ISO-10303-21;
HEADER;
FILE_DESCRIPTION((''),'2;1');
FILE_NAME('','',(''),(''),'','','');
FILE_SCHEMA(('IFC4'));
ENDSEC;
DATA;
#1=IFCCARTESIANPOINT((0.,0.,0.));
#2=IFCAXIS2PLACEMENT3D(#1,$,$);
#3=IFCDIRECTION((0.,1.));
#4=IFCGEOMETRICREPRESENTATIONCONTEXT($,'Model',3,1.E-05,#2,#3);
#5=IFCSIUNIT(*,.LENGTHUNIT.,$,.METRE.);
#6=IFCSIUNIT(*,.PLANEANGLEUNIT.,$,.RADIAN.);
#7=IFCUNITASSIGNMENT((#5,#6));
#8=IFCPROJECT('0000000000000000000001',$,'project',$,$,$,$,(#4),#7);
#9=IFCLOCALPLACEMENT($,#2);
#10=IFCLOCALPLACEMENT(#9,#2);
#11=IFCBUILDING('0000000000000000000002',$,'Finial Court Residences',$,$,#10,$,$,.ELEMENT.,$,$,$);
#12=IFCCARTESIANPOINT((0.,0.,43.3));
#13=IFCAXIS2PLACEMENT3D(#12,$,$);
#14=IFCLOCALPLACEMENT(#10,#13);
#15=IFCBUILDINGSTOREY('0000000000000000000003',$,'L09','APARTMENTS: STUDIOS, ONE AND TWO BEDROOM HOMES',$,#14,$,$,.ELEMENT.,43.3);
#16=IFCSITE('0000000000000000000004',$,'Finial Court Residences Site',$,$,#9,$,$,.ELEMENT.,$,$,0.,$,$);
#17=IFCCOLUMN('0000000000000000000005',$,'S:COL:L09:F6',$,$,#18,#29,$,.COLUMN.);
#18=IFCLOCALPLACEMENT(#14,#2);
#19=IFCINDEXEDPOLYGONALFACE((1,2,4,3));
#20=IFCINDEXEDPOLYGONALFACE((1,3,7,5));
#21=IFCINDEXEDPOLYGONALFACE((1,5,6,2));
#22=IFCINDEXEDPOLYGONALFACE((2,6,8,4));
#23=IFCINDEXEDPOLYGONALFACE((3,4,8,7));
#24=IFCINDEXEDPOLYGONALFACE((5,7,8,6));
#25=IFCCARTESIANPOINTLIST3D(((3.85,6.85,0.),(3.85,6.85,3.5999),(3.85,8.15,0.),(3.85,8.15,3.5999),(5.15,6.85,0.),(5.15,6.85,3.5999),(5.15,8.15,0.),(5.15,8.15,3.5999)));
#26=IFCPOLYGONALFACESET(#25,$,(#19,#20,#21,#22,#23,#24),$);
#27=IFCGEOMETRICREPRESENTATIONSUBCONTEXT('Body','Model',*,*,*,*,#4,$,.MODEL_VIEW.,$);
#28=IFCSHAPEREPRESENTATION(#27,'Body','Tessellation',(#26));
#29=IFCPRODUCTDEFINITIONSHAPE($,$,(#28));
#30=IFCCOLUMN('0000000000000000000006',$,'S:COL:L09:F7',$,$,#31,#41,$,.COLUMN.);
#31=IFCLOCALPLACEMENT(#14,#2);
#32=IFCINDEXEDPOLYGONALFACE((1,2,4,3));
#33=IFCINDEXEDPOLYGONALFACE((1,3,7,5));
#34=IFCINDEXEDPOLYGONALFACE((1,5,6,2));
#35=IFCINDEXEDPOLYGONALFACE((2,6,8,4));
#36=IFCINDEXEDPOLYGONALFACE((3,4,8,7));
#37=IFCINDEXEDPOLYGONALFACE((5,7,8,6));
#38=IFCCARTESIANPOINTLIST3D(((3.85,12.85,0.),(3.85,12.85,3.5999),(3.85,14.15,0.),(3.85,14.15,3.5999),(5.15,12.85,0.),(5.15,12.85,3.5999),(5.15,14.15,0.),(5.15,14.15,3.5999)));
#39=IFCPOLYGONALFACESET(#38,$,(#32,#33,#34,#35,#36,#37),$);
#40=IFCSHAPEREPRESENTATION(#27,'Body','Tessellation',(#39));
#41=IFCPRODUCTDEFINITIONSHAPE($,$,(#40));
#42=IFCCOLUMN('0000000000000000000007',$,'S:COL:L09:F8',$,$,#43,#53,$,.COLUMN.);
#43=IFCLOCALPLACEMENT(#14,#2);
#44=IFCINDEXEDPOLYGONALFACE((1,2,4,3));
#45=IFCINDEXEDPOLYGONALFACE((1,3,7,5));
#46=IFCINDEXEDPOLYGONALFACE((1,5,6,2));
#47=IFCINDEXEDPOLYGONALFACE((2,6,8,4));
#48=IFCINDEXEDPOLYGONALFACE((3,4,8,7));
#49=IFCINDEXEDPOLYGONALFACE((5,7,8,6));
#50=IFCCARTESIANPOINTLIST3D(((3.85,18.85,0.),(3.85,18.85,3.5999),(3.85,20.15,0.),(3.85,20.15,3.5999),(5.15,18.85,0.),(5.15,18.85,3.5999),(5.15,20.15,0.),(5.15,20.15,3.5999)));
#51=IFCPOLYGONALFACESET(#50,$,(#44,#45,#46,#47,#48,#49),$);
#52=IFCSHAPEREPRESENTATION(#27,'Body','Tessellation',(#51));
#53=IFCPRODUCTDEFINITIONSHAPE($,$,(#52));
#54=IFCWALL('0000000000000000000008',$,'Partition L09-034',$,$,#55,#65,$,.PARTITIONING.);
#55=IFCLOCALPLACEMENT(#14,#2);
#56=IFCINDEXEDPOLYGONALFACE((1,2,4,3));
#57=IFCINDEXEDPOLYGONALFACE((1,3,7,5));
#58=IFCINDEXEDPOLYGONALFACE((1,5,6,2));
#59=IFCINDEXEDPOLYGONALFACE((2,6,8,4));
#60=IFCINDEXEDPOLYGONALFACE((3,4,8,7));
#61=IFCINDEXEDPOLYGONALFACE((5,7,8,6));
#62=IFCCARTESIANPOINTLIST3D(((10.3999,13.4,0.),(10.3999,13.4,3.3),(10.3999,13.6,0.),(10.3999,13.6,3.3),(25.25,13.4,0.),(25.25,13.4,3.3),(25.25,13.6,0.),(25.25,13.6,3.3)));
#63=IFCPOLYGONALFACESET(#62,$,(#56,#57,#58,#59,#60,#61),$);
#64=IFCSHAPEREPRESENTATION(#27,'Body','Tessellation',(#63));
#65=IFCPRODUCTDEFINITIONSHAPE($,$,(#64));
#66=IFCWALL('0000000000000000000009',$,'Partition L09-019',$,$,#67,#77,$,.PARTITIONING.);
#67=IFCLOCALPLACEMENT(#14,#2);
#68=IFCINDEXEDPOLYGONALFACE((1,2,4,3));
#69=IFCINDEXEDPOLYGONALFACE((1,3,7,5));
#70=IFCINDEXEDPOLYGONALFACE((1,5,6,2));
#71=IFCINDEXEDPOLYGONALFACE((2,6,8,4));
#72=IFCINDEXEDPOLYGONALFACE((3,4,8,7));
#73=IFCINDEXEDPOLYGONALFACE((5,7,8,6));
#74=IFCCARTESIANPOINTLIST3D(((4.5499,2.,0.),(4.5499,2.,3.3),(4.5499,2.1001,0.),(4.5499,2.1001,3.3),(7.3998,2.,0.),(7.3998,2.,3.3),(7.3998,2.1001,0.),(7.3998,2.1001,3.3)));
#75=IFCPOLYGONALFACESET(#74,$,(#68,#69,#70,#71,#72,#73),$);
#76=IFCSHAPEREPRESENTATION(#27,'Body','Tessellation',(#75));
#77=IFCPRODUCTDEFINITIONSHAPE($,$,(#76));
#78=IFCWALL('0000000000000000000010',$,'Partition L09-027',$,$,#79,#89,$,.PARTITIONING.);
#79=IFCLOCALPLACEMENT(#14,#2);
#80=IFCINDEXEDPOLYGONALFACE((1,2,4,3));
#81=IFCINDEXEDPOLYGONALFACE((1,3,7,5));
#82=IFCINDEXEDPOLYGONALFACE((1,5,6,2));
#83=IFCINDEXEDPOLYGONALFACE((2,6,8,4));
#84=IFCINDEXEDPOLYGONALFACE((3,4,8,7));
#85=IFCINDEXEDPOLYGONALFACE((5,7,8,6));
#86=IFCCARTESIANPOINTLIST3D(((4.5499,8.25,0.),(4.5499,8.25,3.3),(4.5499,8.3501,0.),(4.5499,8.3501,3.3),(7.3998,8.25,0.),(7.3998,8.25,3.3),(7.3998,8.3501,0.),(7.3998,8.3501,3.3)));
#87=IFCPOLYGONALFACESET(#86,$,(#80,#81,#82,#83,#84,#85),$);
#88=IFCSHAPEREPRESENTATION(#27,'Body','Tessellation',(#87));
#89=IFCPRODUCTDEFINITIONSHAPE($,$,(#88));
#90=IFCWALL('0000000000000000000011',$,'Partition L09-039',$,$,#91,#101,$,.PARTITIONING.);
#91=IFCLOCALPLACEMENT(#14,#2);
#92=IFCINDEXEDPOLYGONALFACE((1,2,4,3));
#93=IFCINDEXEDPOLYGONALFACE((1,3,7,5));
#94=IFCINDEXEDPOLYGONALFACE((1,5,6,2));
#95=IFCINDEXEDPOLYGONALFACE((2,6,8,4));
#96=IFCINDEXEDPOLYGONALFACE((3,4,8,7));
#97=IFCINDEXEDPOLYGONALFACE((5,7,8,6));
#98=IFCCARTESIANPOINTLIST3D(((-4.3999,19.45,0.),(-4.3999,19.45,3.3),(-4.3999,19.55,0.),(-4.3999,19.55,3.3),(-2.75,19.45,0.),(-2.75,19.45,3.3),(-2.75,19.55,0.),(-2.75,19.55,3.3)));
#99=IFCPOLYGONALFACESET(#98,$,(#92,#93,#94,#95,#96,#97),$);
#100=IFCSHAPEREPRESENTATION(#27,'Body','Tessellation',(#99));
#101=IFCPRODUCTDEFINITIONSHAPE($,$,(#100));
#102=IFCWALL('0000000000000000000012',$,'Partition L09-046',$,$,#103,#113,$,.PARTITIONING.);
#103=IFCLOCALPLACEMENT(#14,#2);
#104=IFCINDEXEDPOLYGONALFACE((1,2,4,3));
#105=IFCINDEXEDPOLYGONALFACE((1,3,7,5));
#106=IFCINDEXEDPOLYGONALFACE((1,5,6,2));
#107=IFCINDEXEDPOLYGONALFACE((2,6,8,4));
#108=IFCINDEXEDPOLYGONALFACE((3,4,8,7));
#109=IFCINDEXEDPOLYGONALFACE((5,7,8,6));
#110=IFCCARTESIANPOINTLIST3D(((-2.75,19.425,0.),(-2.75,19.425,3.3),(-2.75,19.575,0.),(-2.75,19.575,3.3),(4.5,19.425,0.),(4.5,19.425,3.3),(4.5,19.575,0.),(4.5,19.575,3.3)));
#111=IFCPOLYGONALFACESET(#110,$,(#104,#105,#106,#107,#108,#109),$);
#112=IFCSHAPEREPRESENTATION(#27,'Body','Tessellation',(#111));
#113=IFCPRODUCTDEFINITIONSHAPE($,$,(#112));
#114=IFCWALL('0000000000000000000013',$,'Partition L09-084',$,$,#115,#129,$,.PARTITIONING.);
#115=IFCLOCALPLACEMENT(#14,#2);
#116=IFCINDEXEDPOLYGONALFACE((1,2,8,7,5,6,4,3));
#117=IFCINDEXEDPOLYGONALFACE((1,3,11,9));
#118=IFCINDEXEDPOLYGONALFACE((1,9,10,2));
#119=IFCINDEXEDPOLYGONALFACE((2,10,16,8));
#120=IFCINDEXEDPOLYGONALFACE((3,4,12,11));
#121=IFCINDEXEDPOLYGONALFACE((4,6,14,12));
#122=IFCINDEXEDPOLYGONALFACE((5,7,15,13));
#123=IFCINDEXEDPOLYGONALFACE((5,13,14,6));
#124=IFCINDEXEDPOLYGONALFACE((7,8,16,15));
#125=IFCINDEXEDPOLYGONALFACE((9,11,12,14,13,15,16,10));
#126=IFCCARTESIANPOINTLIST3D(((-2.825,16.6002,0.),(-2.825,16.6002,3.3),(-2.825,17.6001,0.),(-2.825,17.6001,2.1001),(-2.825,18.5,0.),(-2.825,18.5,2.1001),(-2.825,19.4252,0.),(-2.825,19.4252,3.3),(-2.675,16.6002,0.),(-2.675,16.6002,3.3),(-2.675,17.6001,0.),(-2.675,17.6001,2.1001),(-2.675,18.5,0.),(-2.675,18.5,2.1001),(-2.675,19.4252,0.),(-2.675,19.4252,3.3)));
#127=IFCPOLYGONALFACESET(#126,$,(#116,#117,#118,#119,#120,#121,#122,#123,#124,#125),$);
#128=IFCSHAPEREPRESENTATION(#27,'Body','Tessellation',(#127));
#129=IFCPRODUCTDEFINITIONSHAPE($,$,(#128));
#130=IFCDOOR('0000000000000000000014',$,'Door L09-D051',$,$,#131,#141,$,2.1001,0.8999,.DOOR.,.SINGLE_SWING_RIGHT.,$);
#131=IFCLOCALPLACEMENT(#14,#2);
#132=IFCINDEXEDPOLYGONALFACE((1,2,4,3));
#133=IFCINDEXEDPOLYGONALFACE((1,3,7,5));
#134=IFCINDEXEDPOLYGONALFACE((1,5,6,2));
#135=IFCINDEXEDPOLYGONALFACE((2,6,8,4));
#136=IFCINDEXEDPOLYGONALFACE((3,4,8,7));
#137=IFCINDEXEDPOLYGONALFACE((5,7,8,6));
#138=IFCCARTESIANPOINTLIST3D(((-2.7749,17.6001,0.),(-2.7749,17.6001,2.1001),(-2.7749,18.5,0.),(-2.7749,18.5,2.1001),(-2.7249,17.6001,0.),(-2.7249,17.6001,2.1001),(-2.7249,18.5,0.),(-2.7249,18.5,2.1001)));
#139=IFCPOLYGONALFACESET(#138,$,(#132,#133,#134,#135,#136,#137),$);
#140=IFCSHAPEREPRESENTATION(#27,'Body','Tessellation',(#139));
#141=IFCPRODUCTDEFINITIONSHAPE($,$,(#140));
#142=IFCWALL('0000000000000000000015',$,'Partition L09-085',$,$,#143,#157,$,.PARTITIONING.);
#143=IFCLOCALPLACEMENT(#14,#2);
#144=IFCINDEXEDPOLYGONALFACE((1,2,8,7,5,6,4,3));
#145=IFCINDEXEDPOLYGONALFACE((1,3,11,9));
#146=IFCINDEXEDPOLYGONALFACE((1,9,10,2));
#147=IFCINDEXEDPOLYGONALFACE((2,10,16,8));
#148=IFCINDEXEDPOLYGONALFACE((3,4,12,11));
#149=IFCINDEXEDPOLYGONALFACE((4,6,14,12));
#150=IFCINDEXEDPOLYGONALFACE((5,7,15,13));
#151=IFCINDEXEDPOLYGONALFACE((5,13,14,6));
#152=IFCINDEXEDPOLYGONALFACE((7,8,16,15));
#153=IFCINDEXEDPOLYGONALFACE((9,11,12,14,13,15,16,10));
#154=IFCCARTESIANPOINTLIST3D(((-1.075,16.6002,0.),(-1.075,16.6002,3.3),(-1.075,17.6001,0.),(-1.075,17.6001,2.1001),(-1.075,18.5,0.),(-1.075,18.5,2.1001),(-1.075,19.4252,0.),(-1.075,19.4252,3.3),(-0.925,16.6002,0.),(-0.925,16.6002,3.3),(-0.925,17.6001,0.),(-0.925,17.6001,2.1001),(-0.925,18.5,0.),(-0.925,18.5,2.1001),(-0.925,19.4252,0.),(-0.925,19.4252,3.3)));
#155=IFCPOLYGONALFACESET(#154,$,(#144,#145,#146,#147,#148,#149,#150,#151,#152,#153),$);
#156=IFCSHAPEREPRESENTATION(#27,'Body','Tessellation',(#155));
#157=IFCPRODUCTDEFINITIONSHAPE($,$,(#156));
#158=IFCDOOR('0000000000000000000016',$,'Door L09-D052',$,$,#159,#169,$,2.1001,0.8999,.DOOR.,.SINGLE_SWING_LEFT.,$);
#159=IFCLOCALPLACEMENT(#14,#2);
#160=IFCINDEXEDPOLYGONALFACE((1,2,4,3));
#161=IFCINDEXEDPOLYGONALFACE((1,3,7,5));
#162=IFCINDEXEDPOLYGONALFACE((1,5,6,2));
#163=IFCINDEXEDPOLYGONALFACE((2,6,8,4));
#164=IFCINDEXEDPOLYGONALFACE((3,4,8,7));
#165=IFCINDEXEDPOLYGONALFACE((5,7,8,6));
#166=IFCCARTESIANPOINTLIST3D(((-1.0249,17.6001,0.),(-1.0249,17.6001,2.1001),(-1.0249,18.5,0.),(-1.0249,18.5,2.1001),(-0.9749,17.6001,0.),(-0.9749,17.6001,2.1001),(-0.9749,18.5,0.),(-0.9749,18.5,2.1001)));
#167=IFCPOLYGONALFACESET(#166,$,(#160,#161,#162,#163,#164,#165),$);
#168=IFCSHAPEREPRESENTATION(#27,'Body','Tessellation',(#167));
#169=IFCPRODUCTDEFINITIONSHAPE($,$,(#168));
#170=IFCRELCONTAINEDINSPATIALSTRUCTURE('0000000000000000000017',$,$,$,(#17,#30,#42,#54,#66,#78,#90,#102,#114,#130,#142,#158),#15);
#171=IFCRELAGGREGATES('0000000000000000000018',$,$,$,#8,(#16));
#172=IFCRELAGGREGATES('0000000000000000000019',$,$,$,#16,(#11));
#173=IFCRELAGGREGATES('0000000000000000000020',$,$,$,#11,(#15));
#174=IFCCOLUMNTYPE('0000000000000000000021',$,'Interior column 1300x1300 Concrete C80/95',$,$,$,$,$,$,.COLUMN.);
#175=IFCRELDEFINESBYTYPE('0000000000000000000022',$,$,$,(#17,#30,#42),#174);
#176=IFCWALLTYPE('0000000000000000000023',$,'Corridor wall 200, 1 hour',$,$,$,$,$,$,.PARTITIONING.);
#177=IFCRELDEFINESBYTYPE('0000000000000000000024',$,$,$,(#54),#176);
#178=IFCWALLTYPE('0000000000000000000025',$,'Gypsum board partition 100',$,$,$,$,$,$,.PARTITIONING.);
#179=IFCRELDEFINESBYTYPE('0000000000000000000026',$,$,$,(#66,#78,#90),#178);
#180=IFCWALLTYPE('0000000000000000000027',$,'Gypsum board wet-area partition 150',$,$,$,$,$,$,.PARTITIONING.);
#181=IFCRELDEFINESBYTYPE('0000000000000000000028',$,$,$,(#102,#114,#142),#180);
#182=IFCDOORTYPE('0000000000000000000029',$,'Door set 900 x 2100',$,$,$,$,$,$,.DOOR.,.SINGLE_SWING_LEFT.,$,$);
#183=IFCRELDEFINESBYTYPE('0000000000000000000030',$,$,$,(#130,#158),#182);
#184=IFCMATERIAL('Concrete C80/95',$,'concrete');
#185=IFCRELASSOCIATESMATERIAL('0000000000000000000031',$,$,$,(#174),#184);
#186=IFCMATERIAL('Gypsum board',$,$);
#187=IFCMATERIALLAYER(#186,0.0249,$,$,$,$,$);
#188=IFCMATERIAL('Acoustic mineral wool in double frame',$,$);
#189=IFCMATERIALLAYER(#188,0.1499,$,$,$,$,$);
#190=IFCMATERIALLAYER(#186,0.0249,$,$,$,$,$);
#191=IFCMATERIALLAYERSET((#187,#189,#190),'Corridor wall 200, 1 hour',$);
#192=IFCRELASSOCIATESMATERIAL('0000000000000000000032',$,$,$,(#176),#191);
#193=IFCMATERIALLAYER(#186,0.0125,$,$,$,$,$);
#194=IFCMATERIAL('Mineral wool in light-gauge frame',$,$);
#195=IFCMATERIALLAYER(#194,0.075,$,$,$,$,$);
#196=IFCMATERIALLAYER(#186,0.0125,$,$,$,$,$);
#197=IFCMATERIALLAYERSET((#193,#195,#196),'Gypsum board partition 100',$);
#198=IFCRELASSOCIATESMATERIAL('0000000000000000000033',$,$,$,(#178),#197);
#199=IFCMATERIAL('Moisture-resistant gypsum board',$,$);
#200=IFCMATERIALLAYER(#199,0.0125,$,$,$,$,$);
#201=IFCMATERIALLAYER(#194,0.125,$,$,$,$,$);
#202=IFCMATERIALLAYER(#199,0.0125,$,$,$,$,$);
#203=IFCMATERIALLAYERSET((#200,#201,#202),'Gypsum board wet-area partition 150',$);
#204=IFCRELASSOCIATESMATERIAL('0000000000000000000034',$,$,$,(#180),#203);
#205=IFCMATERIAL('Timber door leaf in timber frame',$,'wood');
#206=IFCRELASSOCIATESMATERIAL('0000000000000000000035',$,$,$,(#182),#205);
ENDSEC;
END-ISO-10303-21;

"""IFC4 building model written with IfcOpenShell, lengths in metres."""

from ifc_helpers import new_model, si_unit, direction, frame, frame_2d, origin, origin_2d, place, context, subcontext, project, spatial, rectangle, extrude, material, layer, layer_set, material_profile, profile_set, type_object, element, fill, save


model = new_model("IFC4")

# Units and contexts
model_context = context("Model", 3, precision=1e-05, world=origin(), true_north=direction((0.0, 1.0)))
body_context = subcontext(model_context, "Body", "Model", "MODEL_VIEW")
ifc_project = project(units=[si_unit("LENGTHUNIT", "METRE"), si_unit("PLANEANGLEUNIT", "RADIAN")], contexts=[model_context])

# Site, building, storey
site_placement = place(None, origin())
site = spatial("IfcSite", under=ifc_project, at=site_placement, Name="Finial Court Residences Site", CompositionType="ELEMENT", RefElevation=0.0)
building_placement = place(site_placement, origin())
building = spatial("IfcBuilding", under=site, at=building_placement, Name="Finial Court Residences", CompositionType="ELEMENT")
storey_placement = place(building_placement, frame((0.0, 0.0, 43.3)))
storey = spatial("IfcBuildingStorey", under=building, at=storey_placement, Name="L09", Description="APARTMENTS: STUDIOS, ONE AND TWO BEDROOM HOMES", CompositionType="ELEMENT", Elevation=43.3)

# Columns
ifc_material_1 = material(Name="Concrete C80/95", Category="concrete")
ifc_material_profile = material_profile(ifc_material_1, rectangle(XDim=1.3, YDim=1.3, at=origin_2d()), Name="1300x1300")
ifc_profile_set = profile_set([ifc_material_profile], Name="Concrete C80/95")
column_type = type_object("IfcColumnType", Name="Interior column 1300x1300 Concrete C80/95", PredefinedType="COLUMN", material=ifc_profile_set)
for number, where, z_axis, x_axis, name in (
    (1, (4.5, 7.5, 0.0), (0.0, 0.0, 1.0), (1.0, 0.0, 0.0), "S:COL:L09:F6"),
    (2, (4.5, 13.5, 0.0), (0.0, 0.0, 1.0), (1.0, 0.0, 0.0), "S:COL:L09:F7"),
    (3, (4.5, 19.5, 0.0), (0.0, 0.0, 1.0), (1.0, 0.0, 0.0), "S:COL:L09:F8"),
):
    element("IfcColumn", number, at=place(storey_placement, frame(where, z_axis=z_axis, x_axis=x_axis)), inside=storey, type_object=column_type, Name=name, PredefinedType="COLUMN", context=body_context, shape_type="SweptSolid", body=[
        extrude(rectangle(XDim=1.3, YDim=1.3, at=origin_2d()), origin(), (0.0, 0.0, 1.0), 3.5999),
    ])

# Walls
ifc_material_2 = material(Name="Gypsum board")
ifc_layer_1 = layer(ifc_material_2, 0.0249)
ifc_material_3 = material(Name="Acoustic mineral wool in double frame")
ifc_layer_2 = layer(ifc_material_3, 0.1499)
ifc_layer_3 = layer(ifc_material_2, 0.0249)
ifc_layer_set_1 = layer_set([ifc_layer_1, ifc_layer_2, ifc_layer_3], Name="Corridor wall 200, 1 hour")
wall_type_1 = type_object("IfcWallType", Name="Corridor wall 200, 1 hour", PredefinedType="PARTITIONING", material=ifc_layer_set_1)
wall_1_placement = place(storey_placement, frame((10.3999, 13.5, 0.0), z_axis=(0.0, 0.0, 1.0), x_axis=(1.0, 0.0, 0.0)))
element("IfcWall", 4, at=wall_1_placement, inside=storey, type_object=wall_type_1, Name="Partition L09-034", PredefinedType="PARTITIONING", context=body_context, shape_type="SweptSolid", body=[
    extrude(rectangle(XDim=14.8501, YDim=0.2, at=frame_2d((7.425, 0.0))), origin(), (0.0, 0.0, 1.0), 3.3),
])
ifc_layer_4 = layer(ifc_material_2, 0.0125)
ifc_material_4 = material(Name="Mineral wool in light-gauge frame")
ifc_layer_5 = layer(ifc_material_4, 0.075)
ifc_layer_6 = layer(ifc_material_2, 0.0125)
ifc_layer_set_2 = layer_set([ifc_layer_4, ifc_layer_5, ifc_layer_6], Name="Gypsum board partition 100")
wall_type_2 = type_object("IfcWallType", Name="Gypsum board partition 100", PredefinedType="PARTITIONING", material=ifc_layer_set_2)
for number, where, z_axis, x_axis, name in (
    (5, (4.55, 2.05, 0.0), (0.0, 0.0, 1.0), (1.0, 0.0, 0.0), "Partition L09-019"),
    (6, (4.55, 8.3, 0.0), (0.0, 0.0, 1.0), (1.0, 0.0, 0.0), "Partition L09-027"),
):
    element("IfcWall", number, at=place(storey_placement, frame(where, z_axis=z_axis, x_axis=x_axis)), inside=storey, type_object=wall_type_2, Name=name, PredefinedType="PARTITIONING", context=body_context, shape_type="SweptSolid", body=[
        extrude(rectangle(XDim=2.8499, YDim=0.1001, at=frame_2d((1.4248, 0.0))), origin(), (0.0, 0.0, 1.0), 3.3),
    ])
wall_2_placement = place(storey_placement, frame((-4.3999, 19.5, 0.0), z_axis=(0.0, 0.0, 1.0), x_axis=(1.0, 0.0, 0.0)))
element("IfcWall", 7, at=wall_2_placement, inside=storey, type_object=wall_type_2, Name="Partition L09-039", PredefinedType="PARTITIONING", context=body_context, shape_type="SweptSolid", body=[
    extrude(rectangle(XDim=1.6499, YDim=0.1001, at=frame_2d((0.825, 0.0))), origin(), (0.0, 0.0, 1.0), 3.3),
])
ifc_material_5 = material(Name="Moisture-resistant gypsum board")
ifc_layer_7 = layer(ifc_material_5, 0.0125)
ifc_layer_8 = layer(ifc_material_4, 0.125)
ifc_layer_9 = layer(ifc_material_5, 0.0125)
ifc_layer_set_3 = layer_set([ifc_layer_7, ifc_layer_8, ifc_layer_9], Name="Gypsum board wet-area partition 150")
wall_type_3 = type_object("IfcWallType", Name="Gypsum board wet-area partition 150", PredefinedType="PARTITIONING", material=ifc_layer_set_3)
wall_3_placement = place(storey_placement, frame((-2.75, 19.5, 0.0), z_axis=(0.0, 0.0, 1.0), x_axis=(1.0, 0.0, 0.0)))
element("IfcWall", 8, at=wall_3_placement, inside=storey, type_object=wall_type_3, Name="Partition L09-046", PredefinedType="PARTITIONING", context=body_context, shape_type="SweptSolid", body=[
    extrude(rectangle(XDim=7.25, YDim=0.1499, at=frame_2d((3.625, 0.0))), origin(), (0.0, 0.0, 1.0), 3.3),
])

# Walls, openings, doors
wall_4_placement = place(storey_placement, frame((-2.75, 16.6001, 0.0), z_axis=(0.0, 0.0, 1.0), x_axis=(0.0, 1.0, 0.0)))
wall_4 = element("IfcWall", 9, at=wall_4_placement, inside=storey, type_object=wall_type_3, Name="Partition L09-084", PredefinedType="PARTITIONING", context=body_context, shape_type="SweptSolid", body=[
    extrude(rectangle(XDim=2.825, YDim=0.1499, at=frame_2d((1.4126, 0.0))), origin(), (0.0, 0.0, 1.0), 3.3),
])
opening_1_placement = place(wall_4_placement, frame((1.0, 0.0, 0.0)))
opening_1 = element("IfcOpeningElement", 10, at=opening_1_placement, cuts=wall_4, PredefinedType="OPENING", context=body_context, shape_type="SweptSolid", body=[
    extrude(rectangle(XDim=0.8999, YDim=2.1001, at=frame_2d((0.45, 1.05))), frame((0.0, 0.085, 0.0), z_axis=(0.0, -1.0, 0.0), x_axis=(1.0, 0.0, 0.0)), (0.0, 0.0, 1.0), 0.1699),
])
ifc_material_6 = material(Name="Timber door leaf in timber frame", Category="wood")
door_type = type_object("IfcDoorType", Name="Door set 900 x 2100", OperationType="SINGLE_SWING_LEFT", PredefinedType="DOOR", material=ifc_material_6)
door_1_placement = place(opening_1_placement, origin())
door_1 = element("IfcDoor", 11, at=door_1_placement, inside=storey, type_object=door_type, Name="Door L09-D051", OperationType="SINGLE_SWING_RIGHT", OverallHeight=2.1001, OverallWidth=0.8999, PredefinedType="DOOR", context=body_context, shape_type="SweptSolid", body=[
    extrude(rectangle(XDim=0.8999, YDim=2.1001, at=frame_2d((0.45, 1.05))), frame((0.0, 0.0249, 0.0), z_axis=(0.0, -1.0, 0.0), x_axis=(1.0, 0.0, 0.0)), (0.0, 0.0, 1.0), 0.05),
])
fill(opening_1, door_1)
wall_5_placement = place(storey_placement, frame((-1.0, 16.6001, 0.0), z_axis=(0.0, 0.0, 1.0), x_axis=(0.0, 1.0, 0.0)))
wall_5 = element("IfcWall", 12, at=wall_5_placement, inside=storey, type_object=wall_type_3, Name="Partition L09-085", PredefinedType="PARTITIONING", context=body_context, shape_type="SweptSolid", body=[
    extrude(rectangle(XDim=2.825, YDim=0.1499, at=frame_2d((1.4126, 0.0))), origin(), (0.0, 0.0, 1.0), 3.3),
])
opening_2_placement = place(wall_5_placement, frame((1.0, 0.0, 0.0)))
opening_2 = element("IfcOpeningElement", 13, at=opening_2_placement, cuts=wall_5, PredefinedType="OPENING", context=body_context, shape_type="SweptSolid", body=[
    extrude(rectangle(XDim=0.8999, YDim=2.1001, at=frame_2d((0.45, 1.05))), frame((0.0, 0.085, 0.0), z_axis=(0.0, -1.0, 0.0), x_axis=(1.0, 0.0, 0.0)), (0.0, 0.0, 1.0), 0.1699),
])
door_2_placement = place(opening_2_placement, origin())
door_2 = element("IfcDoor", 14, at=door_2_placement, inside=storey, type_object=door_type, Name="Door L09-D052", OperationType="SINGLE_SWING_LEFT", OverallHeight=2.1001, OverallWidth=0.8999, PredefinedType="DOOR", context=body_context, shape_type="SweptSolid", body=[
    extrude(rectangle(XDim=0.8999, YDim=2.1001, at=frame_2d((0.45, 1.05))), frame((0.0, 0.0249, 0.0), z_axis=(0.0, -1.0, 0.0), x_axis=(1.0, 0.0, 0.0)), (0.0, 0.0, 1.0), 0.05),
])
fill(opening_2, door_2)

save(model, "model.ifc")
